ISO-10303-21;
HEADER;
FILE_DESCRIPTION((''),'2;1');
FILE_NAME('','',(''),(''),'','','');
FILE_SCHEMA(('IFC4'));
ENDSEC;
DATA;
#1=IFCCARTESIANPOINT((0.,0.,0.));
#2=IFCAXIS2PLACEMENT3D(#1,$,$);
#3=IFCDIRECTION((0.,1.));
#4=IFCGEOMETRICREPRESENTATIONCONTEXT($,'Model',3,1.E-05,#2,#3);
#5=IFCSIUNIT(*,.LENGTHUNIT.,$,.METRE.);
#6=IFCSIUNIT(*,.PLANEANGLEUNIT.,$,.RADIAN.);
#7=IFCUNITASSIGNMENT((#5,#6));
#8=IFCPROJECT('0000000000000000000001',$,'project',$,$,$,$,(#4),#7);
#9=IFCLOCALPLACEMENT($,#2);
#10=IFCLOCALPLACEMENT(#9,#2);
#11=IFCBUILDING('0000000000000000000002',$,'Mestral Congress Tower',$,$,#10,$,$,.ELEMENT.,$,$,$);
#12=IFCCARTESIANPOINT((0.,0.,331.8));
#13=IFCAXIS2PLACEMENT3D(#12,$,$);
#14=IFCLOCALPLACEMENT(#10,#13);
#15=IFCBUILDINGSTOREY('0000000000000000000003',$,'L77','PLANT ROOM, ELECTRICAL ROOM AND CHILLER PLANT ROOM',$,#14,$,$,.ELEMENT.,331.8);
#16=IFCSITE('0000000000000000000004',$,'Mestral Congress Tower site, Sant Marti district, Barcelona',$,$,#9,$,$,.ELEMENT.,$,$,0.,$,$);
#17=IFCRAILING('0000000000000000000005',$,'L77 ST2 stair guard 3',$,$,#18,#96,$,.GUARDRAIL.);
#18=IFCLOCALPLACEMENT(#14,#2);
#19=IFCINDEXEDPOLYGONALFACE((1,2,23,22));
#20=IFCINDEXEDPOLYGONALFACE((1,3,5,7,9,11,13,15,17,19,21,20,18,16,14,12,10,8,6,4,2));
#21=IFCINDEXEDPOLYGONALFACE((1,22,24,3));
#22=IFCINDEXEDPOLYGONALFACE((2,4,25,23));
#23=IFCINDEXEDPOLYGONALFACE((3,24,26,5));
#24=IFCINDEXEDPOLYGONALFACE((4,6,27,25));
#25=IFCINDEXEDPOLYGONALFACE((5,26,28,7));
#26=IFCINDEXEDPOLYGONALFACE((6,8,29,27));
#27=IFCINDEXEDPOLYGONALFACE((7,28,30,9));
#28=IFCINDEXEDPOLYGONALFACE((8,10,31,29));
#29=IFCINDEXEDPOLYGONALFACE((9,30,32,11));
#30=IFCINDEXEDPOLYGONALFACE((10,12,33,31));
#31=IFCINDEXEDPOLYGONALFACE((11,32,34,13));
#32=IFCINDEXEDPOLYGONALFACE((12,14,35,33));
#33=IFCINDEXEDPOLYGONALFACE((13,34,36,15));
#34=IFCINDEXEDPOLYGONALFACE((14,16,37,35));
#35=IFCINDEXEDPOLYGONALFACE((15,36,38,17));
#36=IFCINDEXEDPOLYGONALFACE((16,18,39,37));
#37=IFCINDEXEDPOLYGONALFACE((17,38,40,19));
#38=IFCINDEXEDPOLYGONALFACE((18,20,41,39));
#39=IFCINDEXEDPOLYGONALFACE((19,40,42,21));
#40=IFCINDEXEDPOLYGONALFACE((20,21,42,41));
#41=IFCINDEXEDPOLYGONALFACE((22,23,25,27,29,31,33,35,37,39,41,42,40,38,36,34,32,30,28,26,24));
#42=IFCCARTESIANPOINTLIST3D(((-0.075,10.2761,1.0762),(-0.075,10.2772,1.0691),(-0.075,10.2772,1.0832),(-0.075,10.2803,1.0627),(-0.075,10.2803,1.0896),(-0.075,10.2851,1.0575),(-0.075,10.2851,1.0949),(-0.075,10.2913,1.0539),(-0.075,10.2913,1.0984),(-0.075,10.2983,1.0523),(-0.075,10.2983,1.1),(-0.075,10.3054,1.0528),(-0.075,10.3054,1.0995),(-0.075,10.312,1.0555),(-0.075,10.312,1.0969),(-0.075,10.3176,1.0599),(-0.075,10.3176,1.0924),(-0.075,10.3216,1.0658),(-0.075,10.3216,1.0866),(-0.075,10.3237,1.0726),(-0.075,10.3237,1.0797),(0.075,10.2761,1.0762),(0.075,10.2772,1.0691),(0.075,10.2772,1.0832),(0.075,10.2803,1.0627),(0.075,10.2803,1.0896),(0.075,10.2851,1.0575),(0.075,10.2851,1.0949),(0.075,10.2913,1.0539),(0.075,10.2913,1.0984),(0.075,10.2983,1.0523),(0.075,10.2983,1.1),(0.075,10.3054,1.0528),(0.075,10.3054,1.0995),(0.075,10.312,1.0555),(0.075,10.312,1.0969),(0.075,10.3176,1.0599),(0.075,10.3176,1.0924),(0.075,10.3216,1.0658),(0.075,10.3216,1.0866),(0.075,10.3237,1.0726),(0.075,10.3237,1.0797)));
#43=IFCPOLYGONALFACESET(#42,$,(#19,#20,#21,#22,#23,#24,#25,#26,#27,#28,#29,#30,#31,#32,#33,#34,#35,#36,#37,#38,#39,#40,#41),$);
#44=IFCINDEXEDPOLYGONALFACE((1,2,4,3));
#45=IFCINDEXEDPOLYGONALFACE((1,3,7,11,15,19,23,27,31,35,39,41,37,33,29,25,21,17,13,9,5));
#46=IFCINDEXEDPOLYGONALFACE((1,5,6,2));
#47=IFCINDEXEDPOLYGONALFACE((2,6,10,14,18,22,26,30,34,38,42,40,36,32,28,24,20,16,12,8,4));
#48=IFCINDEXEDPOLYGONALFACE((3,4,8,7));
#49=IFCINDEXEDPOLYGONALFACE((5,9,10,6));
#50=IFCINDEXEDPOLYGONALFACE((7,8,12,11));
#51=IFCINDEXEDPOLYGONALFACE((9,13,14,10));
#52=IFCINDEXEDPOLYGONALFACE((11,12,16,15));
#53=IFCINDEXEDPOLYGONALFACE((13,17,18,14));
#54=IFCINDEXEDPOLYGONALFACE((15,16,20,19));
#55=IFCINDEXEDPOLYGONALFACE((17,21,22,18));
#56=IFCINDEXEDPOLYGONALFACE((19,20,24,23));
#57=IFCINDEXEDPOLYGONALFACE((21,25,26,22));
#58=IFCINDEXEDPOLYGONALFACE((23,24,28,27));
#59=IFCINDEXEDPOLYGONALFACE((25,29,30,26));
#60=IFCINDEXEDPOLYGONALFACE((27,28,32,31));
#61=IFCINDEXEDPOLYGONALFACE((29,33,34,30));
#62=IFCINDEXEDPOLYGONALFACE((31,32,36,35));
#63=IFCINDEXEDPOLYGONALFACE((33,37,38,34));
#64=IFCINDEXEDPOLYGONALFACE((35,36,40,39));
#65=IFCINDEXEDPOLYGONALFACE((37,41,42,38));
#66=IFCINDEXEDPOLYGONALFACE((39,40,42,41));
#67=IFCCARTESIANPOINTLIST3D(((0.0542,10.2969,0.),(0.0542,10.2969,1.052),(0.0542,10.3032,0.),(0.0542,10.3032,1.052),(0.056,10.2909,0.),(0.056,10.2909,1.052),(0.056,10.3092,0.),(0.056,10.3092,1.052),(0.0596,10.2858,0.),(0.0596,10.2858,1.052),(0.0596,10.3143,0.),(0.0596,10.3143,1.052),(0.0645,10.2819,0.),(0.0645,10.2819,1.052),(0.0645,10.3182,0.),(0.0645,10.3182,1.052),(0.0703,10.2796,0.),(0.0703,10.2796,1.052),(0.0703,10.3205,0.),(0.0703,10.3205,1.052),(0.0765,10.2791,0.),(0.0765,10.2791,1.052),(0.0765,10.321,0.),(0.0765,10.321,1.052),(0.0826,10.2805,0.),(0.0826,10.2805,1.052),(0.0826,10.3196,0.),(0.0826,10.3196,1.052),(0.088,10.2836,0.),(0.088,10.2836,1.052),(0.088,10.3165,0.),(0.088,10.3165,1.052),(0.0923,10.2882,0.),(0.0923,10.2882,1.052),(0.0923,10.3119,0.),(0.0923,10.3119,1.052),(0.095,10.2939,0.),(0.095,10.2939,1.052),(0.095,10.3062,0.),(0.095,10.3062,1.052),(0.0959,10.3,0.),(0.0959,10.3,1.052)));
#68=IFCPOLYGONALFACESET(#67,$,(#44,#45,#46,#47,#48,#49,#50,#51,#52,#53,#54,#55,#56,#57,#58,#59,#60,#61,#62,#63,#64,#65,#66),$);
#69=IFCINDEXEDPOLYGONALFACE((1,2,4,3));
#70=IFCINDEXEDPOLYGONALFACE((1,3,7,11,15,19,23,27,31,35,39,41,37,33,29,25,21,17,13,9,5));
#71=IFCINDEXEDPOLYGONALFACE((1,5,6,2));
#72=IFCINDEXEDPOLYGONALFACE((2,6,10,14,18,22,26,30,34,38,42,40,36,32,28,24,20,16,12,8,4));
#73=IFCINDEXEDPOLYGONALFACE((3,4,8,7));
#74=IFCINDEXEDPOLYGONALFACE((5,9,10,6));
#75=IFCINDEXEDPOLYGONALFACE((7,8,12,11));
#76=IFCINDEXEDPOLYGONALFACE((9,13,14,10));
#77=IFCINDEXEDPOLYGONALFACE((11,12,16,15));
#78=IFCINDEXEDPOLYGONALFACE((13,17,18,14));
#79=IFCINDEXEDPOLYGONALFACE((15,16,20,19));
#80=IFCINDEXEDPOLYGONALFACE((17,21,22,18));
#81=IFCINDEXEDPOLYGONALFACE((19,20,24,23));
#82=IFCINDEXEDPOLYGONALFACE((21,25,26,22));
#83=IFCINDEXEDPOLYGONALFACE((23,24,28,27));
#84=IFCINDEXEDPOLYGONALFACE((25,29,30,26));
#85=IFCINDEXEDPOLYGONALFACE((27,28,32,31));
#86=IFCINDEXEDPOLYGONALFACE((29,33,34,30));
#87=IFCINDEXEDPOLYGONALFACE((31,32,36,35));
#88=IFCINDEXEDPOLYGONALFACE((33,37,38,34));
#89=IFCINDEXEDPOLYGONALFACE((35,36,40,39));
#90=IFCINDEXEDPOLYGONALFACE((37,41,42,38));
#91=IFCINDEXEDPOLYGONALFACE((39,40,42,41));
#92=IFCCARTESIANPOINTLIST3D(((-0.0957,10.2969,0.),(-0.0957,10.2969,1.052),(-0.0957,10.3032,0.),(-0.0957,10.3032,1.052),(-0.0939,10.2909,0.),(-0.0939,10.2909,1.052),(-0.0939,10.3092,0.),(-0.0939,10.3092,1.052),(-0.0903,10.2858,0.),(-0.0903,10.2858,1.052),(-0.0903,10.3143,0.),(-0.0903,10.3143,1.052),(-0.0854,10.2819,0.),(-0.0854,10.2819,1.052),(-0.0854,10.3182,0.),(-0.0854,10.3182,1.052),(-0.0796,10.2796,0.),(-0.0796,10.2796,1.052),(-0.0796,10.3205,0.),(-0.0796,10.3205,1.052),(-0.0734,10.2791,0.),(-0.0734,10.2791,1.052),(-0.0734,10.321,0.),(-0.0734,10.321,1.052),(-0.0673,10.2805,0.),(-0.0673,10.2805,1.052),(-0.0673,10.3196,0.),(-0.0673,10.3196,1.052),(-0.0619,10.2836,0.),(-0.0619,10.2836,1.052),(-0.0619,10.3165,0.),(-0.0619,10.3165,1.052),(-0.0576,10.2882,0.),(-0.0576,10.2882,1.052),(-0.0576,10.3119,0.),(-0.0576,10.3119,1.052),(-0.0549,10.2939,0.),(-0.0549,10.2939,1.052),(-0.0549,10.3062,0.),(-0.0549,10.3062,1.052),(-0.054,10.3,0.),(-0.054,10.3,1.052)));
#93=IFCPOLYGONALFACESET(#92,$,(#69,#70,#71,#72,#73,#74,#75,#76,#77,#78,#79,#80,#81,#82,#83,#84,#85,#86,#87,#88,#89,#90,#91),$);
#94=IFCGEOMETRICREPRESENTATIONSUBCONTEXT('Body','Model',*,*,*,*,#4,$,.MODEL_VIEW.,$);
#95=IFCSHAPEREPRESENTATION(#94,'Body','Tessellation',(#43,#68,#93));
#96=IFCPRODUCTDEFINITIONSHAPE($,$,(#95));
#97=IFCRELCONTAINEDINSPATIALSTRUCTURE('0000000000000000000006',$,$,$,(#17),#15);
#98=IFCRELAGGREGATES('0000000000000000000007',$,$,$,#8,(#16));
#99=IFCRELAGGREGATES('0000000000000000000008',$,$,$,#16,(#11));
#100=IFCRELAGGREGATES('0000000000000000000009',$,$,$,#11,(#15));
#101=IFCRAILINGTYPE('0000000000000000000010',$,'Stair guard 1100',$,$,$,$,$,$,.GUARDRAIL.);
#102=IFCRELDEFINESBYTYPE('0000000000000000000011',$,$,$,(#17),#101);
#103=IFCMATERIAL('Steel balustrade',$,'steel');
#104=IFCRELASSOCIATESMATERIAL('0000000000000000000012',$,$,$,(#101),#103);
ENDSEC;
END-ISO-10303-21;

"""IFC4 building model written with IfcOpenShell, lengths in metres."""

from ifc_helpers import new_model, si_unit, direction, frame, origin, origin_2d, place, context, subcontext, project, spatial, circle, extrude, material, type_object, element, save


model = new_model("IFC4")

# Units and contexts
model_context = context("Model", 3, precision=1e-05, world=origin(), true_north=direction((0.0, 1.0)))
body_context = subcontext(model_context, "Body", "Model", "MODEL_VIEW")
ifc_project = project(units=[si_unit("LENGTHUNIT", "METRE"), si_unit("PLANEANGLEUNIT", "RADIAN")], contexts=[model_context])

# Site, building, storey
site_placement = place(None, origin())
site = spatial("IfcSite", under=ifc_project, at=site_placement, Name="Mestral Congress Tower site, Sant Marti district, Barcelona", CompositionType="ELEMENT", RefElevation=0.0)
building_placement = place(site_placement, origin())
building = spatial("IfcBuilding", under=site, at=building_placement, Name="Mestral Congress Tower", CompositionType="ELEMENT")
storey_placement = place(building_placement, frame((0.0, 0.0, 331.8)))
storey = spatial("IfcBuildingStorey", under=building, at=storey_placement, Name="L77", Description="PLANT ROOM, ELECTRICAL ROOM AND CHILLER PLANT ROOM", CompositionType="ELEMENT", Elevation=331.8)

# Railing
ifc_material_1 = material(Name="Steel balustrade", Category="steel")
railing_type_1 = type_object("IfcRailingType", Name="Stair guard 1100", PredefinedType="GUARDRAIL", material=ifc_material_1)
railing_1_placement = place(storey_placement, frame((0.075, 10.3, 0.0)))
element("IfcRailing", 1, at=railing_1_placement, inside=storey, type_object=railing_type_1, Name="L77 ST2 stair guard 3", PredefinedType="GUARDRAIL", context=body_context, shape_type="SweptSolid", body=[
    extrude(circle(Radius=0.0239, at=origin_2d()), frame((0.0, 0.0, 1.0762), z_axis=(-1.0, 0.0, 0.0), x_axis=(0.0, -1.0, 0.0)), (0.0, 0.0, 1.0), 0.1499),
    extrude(circle(Radius=0.021, at=origin_2d()), origin(), (0.0, 0.0, 1.0), 1.052),
    extrude(circle(Radius=0.021, at=origin_2d()), frame((-0.1499, 0.0, 0.0)), (0.0, 0.0, 1.0), 1.052),
])

save(model, "model.ifc")
